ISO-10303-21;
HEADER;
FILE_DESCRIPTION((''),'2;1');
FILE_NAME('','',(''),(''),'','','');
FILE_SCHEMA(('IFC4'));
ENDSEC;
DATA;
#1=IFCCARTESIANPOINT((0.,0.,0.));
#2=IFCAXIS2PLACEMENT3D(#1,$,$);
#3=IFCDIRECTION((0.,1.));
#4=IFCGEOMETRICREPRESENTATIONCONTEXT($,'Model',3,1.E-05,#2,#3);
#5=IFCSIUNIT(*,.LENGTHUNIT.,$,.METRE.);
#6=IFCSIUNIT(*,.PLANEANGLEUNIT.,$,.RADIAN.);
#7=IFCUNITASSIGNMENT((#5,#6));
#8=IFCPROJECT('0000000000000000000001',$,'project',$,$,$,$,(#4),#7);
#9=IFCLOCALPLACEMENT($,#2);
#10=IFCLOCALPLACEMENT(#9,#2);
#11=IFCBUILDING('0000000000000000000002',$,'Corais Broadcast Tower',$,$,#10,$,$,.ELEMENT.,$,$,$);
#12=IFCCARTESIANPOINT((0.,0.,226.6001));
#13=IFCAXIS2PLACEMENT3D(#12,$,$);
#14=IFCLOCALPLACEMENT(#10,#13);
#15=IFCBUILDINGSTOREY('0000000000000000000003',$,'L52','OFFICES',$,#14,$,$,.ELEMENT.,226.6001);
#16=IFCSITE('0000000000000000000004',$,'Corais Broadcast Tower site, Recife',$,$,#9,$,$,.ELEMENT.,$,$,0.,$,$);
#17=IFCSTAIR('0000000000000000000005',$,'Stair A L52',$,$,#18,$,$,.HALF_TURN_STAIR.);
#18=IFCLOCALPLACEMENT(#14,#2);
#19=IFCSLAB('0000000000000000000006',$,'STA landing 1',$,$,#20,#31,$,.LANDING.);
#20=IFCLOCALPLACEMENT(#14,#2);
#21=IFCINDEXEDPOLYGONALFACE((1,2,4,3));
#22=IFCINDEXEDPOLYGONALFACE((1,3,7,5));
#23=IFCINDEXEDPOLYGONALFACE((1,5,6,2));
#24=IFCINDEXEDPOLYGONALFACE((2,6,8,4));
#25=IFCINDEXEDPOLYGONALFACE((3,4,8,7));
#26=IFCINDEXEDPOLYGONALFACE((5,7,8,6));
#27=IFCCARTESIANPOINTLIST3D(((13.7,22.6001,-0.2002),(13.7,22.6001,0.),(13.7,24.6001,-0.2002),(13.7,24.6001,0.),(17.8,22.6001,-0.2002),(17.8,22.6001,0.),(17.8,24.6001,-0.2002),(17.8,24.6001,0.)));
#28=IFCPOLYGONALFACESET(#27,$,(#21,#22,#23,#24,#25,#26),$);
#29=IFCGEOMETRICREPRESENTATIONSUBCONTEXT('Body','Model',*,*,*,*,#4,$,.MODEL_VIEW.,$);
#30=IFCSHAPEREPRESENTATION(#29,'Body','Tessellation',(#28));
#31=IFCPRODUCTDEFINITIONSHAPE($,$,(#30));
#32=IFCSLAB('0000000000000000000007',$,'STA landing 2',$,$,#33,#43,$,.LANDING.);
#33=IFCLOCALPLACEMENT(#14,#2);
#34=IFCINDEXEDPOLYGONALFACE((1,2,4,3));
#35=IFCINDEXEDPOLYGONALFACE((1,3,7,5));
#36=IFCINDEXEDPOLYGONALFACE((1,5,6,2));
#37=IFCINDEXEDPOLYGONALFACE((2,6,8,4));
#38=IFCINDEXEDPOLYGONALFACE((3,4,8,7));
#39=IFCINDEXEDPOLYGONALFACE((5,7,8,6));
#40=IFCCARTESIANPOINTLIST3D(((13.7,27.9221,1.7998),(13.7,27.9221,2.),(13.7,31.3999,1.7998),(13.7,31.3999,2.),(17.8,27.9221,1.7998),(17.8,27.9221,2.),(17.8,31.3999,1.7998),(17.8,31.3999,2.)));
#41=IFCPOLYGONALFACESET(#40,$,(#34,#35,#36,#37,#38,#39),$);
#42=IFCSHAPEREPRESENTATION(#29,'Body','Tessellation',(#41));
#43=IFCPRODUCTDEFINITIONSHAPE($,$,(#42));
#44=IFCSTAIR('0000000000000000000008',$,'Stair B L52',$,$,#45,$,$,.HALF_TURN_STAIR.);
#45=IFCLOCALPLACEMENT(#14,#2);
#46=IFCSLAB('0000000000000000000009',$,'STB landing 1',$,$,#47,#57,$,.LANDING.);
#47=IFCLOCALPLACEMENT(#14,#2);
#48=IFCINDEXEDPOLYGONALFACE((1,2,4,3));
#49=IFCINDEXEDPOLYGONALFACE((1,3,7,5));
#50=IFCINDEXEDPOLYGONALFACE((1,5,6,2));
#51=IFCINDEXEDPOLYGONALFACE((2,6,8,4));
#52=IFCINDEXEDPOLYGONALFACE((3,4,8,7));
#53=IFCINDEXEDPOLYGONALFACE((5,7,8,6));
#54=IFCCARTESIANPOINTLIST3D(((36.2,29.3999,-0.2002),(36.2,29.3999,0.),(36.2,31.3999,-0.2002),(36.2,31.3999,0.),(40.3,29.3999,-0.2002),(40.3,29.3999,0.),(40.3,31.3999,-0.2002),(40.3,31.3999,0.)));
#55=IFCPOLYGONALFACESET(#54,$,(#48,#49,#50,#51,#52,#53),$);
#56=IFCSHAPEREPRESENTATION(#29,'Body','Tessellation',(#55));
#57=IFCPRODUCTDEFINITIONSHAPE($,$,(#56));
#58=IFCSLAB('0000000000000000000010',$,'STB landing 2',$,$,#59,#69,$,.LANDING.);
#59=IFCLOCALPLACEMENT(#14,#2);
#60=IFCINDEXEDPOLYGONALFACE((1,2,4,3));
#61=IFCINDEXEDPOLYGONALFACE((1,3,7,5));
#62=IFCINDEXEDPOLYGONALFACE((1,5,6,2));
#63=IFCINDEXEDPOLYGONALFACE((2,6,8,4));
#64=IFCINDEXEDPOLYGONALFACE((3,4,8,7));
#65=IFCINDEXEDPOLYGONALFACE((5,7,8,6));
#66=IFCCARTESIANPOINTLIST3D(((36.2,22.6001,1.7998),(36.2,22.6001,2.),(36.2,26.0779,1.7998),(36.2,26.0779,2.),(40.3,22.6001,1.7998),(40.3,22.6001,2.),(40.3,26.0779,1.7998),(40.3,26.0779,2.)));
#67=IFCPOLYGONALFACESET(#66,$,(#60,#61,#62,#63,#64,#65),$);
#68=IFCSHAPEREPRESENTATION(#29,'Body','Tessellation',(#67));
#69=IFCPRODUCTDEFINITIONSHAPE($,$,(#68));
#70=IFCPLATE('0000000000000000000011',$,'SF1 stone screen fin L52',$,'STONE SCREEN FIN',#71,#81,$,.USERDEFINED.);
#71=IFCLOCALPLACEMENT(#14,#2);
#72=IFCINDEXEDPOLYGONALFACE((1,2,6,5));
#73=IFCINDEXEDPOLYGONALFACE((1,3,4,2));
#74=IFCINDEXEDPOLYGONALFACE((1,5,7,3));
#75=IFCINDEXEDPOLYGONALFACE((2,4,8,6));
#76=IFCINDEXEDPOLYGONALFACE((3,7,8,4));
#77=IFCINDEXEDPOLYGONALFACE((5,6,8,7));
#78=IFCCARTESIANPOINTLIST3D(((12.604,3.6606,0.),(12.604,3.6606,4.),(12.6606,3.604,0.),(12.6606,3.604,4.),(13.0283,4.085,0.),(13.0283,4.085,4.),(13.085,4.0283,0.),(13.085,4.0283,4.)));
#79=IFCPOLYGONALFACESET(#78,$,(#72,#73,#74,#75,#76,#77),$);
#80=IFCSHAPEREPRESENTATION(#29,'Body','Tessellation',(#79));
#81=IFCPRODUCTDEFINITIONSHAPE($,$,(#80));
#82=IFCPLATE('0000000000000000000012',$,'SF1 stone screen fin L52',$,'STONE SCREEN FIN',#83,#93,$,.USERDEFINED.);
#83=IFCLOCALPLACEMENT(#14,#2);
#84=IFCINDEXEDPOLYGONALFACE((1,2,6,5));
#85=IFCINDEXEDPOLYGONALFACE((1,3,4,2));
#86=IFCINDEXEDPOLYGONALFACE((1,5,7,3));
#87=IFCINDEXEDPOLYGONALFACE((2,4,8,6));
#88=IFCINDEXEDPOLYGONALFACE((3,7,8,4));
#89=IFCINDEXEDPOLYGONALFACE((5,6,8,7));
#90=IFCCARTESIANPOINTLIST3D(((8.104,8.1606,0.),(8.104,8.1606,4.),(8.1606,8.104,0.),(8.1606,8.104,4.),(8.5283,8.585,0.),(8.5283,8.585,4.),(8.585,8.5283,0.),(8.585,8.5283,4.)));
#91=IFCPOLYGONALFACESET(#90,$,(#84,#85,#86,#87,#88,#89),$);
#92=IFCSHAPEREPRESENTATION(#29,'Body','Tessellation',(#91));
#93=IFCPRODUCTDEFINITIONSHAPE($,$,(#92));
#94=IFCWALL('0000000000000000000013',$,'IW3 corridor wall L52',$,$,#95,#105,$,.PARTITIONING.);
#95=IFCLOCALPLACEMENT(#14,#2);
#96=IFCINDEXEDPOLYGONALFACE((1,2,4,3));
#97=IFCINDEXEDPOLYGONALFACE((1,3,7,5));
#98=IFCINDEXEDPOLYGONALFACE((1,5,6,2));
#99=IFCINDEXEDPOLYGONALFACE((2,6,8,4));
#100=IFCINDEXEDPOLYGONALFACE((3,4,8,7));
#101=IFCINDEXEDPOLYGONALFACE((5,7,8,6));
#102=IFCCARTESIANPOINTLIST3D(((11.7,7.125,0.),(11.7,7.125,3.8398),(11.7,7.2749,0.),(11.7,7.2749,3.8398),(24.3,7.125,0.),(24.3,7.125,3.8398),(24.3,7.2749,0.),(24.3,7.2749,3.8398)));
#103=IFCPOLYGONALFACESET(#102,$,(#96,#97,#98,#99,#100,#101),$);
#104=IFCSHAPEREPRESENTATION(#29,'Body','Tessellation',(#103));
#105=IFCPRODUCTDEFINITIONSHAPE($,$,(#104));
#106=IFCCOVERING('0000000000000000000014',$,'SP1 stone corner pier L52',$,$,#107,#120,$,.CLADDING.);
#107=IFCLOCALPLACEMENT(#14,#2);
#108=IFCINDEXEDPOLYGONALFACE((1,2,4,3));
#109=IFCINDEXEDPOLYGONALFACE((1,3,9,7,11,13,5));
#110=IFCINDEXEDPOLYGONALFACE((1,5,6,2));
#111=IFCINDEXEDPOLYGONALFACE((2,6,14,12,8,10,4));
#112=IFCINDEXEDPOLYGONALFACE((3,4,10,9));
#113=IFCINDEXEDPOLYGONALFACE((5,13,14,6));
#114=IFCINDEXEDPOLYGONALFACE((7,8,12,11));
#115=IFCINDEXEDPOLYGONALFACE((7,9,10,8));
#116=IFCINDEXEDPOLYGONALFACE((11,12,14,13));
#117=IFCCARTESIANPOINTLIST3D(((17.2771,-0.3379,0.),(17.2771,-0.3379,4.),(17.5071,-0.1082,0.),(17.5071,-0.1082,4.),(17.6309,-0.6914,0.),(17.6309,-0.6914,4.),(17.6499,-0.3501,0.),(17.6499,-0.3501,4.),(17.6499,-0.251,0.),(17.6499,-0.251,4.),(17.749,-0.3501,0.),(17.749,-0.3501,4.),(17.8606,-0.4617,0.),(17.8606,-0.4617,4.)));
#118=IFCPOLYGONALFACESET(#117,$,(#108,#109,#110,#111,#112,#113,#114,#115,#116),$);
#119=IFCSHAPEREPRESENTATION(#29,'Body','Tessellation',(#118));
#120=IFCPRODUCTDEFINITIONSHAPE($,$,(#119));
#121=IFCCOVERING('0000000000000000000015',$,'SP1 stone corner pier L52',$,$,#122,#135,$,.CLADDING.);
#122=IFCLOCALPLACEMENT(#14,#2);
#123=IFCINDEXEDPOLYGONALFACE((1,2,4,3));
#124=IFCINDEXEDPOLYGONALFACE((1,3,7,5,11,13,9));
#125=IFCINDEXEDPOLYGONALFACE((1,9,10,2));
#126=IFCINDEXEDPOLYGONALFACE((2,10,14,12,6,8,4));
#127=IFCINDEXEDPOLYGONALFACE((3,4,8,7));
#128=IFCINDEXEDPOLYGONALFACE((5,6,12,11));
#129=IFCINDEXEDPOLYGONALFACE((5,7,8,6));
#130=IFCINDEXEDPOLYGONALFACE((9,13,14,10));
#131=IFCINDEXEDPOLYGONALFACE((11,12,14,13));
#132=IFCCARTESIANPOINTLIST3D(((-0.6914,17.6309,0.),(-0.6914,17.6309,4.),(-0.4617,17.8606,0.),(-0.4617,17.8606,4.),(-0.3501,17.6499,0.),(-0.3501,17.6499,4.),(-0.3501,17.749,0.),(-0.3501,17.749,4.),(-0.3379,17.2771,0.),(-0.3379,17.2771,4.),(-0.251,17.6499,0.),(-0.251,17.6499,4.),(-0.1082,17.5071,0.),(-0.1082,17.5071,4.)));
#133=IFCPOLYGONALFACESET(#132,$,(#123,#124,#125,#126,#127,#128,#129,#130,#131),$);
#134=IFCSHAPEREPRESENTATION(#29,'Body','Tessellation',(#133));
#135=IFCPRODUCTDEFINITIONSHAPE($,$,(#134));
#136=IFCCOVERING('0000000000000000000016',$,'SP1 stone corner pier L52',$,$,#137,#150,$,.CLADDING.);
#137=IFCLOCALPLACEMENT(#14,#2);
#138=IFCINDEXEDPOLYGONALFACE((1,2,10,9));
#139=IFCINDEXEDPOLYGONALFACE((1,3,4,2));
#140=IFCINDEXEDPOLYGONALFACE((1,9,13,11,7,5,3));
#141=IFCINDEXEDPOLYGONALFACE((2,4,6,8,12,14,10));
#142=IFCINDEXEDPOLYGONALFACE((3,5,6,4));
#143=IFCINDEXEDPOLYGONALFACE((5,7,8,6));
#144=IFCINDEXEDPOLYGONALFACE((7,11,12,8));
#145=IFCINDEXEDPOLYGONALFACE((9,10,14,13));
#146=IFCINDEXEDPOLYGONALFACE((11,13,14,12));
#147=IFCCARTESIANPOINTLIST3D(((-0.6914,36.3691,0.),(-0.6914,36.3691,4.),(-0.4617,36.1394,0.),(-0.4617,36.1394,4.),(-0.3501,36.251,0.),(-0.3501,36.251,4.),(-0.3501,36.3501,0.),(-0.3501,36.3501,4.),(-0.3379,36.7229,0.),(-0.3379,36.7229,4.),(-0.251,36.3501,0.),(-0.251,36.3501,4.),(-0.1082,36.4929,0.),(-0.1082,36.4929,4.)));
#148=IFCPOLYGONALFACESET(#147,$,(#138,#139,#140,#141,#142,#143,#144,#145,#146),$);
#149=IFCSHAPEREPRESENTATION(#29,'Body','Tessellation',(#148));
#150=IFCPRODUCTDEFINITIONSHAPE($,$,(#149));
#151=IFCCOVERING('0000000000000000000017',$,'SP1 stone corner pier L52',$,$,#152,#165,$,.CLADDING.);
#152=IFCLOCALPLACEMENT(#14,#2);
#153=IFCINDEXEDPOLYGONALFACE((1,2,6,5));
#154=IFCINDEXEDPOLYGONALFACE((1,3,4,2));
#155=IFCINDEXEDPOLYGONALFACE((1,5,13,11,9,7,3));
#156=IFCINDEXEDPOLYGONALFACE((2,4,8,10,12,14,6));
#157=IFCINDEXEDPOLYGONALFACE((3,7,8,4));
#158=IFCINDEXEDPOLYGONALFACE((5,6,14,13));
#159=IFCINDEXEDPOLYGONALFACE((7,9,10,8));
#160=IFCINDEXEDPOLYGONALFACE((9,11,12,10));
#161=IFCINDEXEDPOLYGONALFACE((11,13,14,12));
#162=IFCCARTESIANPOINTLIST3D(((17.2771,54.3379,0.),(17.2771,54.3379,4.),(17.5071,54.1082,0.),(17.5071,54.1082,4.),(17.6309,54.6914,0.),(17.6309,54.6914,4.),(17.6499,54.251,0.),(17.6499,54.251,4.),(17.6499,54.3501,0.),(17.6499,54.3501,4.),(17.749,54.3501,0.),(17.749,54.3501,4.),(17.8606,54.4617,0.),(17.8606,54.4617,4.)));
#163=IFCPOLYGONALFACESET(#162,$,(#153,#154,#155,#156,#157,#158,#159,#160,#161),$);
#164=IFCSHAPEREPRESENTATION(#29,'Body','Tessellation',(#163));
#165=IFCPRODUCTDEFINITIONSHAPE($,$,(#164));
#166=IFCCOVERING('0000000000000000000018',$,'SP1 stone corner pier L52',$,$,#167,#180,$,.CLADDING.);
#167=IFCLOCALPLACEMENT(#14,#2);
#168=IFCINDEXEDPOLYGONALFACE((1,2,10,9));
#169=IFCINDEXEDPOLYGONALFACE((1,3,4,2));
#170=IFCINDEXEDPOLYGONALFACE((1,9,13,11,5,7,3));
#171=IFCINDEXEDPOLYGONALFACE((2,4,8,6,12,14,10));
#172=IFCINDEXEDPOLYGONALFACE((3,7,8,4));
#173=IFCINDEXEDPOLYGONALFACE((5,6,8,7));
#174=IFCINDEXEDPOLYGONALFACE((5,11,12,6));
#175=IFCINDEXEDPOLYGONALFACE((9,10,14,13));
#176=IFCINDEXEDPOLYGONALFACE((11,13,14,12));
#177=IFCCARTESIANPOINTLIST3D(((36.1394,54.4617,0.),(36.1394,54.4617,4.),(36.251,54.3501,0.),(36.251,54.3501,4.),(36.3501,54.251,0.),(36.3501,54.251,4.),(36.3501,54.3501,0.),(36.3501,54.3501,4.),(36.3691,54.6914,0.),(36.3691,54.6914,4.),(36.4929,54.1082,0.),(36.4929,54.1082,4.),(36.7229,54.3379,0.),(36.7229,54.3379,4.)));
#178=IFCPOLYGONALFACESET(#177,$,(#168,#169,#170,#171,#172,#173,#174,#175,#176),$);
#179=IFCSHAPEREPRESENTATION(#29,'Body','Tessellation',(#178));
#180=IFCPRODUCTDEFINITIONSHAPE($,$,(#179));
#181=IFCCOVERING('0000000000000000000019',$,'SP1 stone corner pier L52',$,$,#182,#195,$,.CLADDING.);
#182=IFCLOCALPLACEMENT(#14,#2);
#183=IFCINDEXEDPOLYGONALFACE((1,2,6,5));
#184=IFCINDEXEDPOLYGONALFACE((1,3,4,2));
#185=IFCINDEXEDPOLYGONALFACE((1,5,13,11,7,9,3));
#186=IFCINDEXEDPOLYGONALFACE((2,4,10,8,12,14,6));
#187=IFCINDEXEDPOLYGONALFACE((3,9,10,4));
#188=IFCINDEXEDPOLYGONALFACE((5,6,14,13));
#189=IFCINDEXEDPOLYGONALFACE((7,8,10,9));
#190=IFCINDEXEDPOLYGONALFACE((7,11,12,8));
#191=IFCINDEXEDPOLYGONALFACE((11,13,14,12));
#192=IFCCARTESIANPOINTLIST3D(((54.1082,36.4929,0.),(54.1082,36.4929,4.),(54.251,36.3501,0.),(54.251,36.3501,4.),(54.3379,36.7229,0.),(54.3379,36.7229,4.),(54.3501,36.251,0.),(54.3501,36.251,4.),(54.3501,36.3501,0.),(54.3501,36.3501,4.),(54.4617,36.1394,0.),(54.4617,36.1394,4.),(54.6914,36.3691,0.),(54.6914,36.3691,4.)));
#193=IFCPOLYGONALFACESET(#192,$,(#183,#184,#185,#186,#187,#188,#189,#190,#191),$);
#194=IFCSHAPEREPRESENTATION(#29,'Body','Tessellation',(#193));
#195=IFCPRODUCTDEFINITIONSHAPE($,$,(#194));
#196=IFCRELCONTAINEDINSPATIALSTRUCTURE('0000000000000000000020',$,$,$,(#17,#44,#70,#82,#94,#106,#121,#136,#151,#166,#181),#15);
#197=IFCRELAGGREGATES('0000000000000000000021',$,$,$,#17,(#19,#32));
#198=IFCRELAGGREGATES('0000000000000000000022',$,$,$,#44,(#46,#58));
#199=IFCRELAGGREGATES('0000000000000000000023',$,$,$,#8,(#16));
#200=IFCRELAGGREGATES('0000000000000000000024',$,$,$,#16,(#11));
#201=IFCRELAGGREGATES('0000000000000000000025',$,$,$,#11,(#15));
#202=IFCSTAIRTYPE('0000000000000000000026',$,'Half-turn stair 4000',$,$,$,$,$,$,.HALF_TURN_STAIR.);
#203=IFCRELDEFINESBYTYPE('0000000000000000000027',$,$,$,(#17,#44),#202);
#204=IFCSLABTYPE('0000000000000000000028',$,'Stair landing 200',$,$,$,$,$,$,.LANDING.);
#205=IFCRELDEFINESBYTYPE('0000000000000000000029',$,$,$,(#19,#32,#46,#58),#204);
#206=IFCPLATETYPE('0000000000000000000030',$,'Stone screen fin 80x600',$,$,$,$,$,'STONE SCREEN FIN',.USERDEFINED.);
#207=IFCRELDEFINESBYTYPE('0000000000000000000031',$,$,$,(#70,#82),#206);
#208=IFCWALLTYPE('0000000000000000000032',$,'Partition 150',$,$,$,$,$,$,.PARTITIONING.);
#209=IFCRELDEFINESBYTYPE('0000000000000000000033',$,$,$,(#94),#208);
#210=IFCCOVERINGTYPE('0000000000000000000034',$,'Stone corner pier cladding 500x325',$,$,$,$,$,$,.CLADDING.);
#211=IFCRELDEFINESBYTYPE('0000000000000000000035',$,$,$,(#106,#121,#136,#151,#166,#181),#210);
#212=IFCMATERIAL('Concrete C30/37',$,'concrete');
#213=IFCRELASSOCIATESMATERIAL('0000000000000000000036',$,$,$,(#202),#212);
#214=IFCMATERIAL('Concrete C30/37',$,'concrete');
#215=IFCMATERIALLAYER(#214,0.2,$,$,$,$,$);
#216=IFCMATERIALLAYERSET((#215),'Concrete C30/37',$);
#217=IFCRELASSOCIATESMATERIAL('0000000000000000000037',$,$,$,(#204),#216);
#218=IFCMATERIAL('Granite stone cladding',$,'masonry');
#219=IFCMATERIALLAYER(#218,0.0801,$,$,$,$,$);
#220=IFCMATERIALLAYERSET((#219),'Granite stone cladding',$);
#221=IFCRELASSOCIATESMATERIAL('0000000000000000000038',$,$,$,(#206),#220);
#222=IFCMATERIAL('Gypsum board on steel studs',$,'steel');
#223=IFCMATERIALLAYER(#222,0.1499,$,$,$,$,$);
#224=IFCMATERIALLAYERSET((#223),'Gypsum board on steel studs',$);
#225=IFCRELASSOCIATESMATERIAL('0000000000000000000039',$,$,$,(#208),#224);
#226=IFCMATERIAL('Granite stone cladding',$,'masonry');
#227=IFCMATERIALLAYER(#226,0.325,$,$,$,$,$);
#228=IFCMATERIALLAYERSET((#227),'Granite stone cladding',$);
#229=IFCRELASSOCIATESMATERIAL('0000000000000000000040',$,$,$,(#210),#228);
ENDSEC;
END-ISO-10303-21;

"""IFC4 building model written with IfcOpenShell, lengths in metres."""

from ifc_helpers import new_model, si_unit, direction, frame, frame_2d, origin, origin_2d, place, context, subcontext, project, spatial, polyline, rectangle, outline, extrude, material, layer, layer_set, type_object, element, aggregate, save


model = new_model("IFC4")

# Units and contexts
model_context = context("Model", 3, precision=1e-05, world=origin(), true_north=direction((0.0, 1.0)))
body_context = subcontext(model_context, "Body", "Model", "MODEL_VIEW")
ifc_project = project(units=[si_unit("LENGTHUNIT", "METRE"), si_unit("PLANEANGLEUNIT", "RADIAN")], contexts=[model_context])

# Site, building, storey
site_placement = place(None, origin())
site = spatial("IfcSite", under=ifc_project, at=site_placement, Name="Corais Broadcast Tower site, Recife", CompositionType="ELEMENT", RefElevation=0.0)
building_placement = place(site_placement, origin())
building = spatial("IfcBuilding", under=site, at=building_placement, Name="Corais Broadcast Tower", CompositionType="ELEMENT")
storey_placement = place(building_placement, frame((0.0, 0.0, 226.6001)))
storey = spatial("IfcBuildingStorey", under=building, at=storey_placement, Name="L52", Description="OFFICES", CompositionType="ELEMENT", Elevation=226.6001)

# Stairs, slabs
ifc_material_1 = material(Name="Concrete C30/37", Category="concrete")
stair_type = type_object("IfcStairType", Name="Half-turn stair 4000", PredefinedType="HALF_TURN_STAIR", material=ifc_material_1)
stair_1_placement = place(storey_placement, origin())
stair_1 = element("IfcStair", 1, at=stair_1_placement, inside=storey, type_object=stair_type, Name="Stair A L52", PredefinedType="HALF_TURN_STAIR")
ifc_material_2 = material(Name="Concrete C30/37", Category="concrete")
ifc_layer_1 = layer(ifc_material_2, 0.2)
ifc_layer_set_1 = layer_set([ifc_layer_1], Name="Concrete C30/37")
slab_type_1 = type_object("IfcSlabType", Name="Stair landing 200", PredefinedType="LANDING", material=ifc_layer_set_1)
slab_1_placement = place(storey_placement, frame((0.0, 0.0, -0.2002)))
slab_1 = element("IfcSlab", 2, at=slab_1_placement, type_object=slab_type_1, Name="STA landing 1", PredefinedType="LANDING", context=body_context, shape_type="SweptSolid", body=[
    extrude(outline(polyline([(13.7, 22.6001), (17.8, 22.6001), (17.8, 24.6001), (13.7, 24.6001), (13.7, 22.6001)])), origin(), (0.0, 0.0, 1.0), 0.2002),
])
slab_2_placement = place(storey_placement, frame((0.0, 0.0, 1.7998)))
slab_2 = element("IfcSlab", 3, at=slab_2_placement, type_object=slab_type_1, Name="STA landing 2", PredefinedType="LANDING", context=body_context, shape_type="SweptSolid", body=[
    extrude(outline(polyline([(13.7, 27.9221), (17.8, 27.9221), (17.8, 31.3999), (13.7, 31.3999), (13.7, 27.9221)])), origin(), (0.0, 0.0, 1.0), 0.2002),
])
aggregate(stair_1, [slab_1, slab_2])
stair_2_placement = place(storey_placement, origin())
stair_2 = element("IfcStair", 4, at=stair_2_placement, inside=storey, type_object=stair_type, Name="Stair B L52", PredefinedType="HALF_TURN_STAIR")
slab_3_placement = place(storey_placement, frame((0.0, 0.0, -0.2002)))
slab_3 = element("IfcSlab", 5, at=slab_3_placement, type_object=slab_type_1, Name="STB landing 1", PredefinedType="LANDING", context=body_context, shape_type="SweptSolid", body=[
    extrude(outline(polyline([(36.2, 29.3999), (40.3, 29.3999), (40.3, 31.3999), (36.2, 31.3999), (36.2, 29.3999)])), origin(), (0.0, 0.0, 1.0), 0.2002),
])
slab_4_placement = place(storey_placement, frame((0.0, 0.0, 1.7998)))
slab_4 = element("IfcSlab", 6, at=slab_4_placement, type_object=slab_type_1, Name="STB landing 2", PredefinedType="LANDING", context=body_context, shape_type="SweptSolid", body=[
    extrude(outline(polyline([(36.2, 22.6001), (40.3, 22.6001), (40.3, 26.0779), (36.2, 26.0779), (36.2, 22.6001)])), origin(), (0.0, 0.0, 1.0), 0.2002),
])
aggregate(stair_2, [slab_3, slab_4])

# Plates
ifc_material_3 = material(Name="Granite stone cladding", Category="masonry")
ifc_layer_2 = layer(ifc_material_3, 0.0801)
ifc_layer_set_2 = layer_set([ifc_layer_2], Name="Granite stone cladding")
plate_type_1 = type_object("IfcPlateType", Name="Stone screen fin 80x600", ElementType="STONE SCREEN FIN", PredefinedType="USERDEFINED", material=ifc_layer_set_2)
for number, where, z_axis, x_axis, name in (
    (7, (12.8445, 3.8445, 0.0), (0.0, 0.0, 1.0), (-0.707107, 0.707107, 0.0), "SF1 stone screen fin L52"),
    (8, (8.3445, 8.3445, 0.0), (0.0, 0.0, 1.0), (-0.707107, 0.707107, 0.0), "SF1 stone screen fin L52"),
):
    element("IfcPlate", number, at=place(storey_placement, frame(where, z_axis=z_axis, x_axis=x_axis)), inside=storey, type_object=plate_type_1, Name=name, ObjectType="STONE SCREEN FIN", PredefinedType="USERDEFINED", context=body_context, shape_type="SweptSolid", body=[
        extrude(rectangle(XDim=0.0801, YDim=0.6001, at=origin_2d()), origin(), (0.0, 0.0, 1.0), 4.0),
    ])

# Wall
ifc_material_4 = material(Name="Gypsum board on steel studs", Category="steel")
ifc_layer_3 = layer(ifc_material_4, 0.1499)
ifc_layer_set_3 = layer_set([ifc_layer_3], Name="Gypsum board on steel studs")
wall_type = type_object("IfcWallType", Name="Partition 150", PredefinedType="PARTITIONING", material=ifc_layer_set_3)
wall_placement = place(storey_placement, frame((11.7, 7.2, 0.0), z_axis=(0.0, 0.0, 1.0), x_axis=(1.0, 0.0, 0.0)))
element("IfcWall", 9, at=wall_placement, inside=storey, type_object=wall_type, Name="IW3 corridor wall L52", PredefinedType="PARTITIONING", context=body_context, shape_type="SweptSolid", body=[
    extrude(rectangle(XDim=12.6001, YDim=0.1499, at=frame_2d((6.3, 0.0))), origin(), (0.0, 0.0, 1.0), 3.8398),
])

# Coverings
ifc_material_5 = material(Name="Granite stone cladding", Category="masonry")
ifc_layer_4 = layer(ifc_material_5, 0.325)
ifc_layer_set_4 = layer_set([ifc_layer_4], Name="Granite stone cladding")
covering_type_1 = type_object("IfcCoveringType", Name="Stone corner pier cladding 500x325", PredefinedType="CLADDING", material=ifc_layer_set_4)
covering_1_placement = place(storey_placement, origin())
element("IfcCovering", 10, at=covering_1_placement, inside=storey, type_object=covering_type_1, Name="SP1 stone corner pier L52", PredefinedType="CLADDING", context=body_context, shape_type="SweptSolid", body=[
    extrude(outline(polyline([(17.8606, -0.4617), (17.749, -0.3501), (17.6499, -0.3501), (17.6499, -0.251), (17.5071, -0.1082), (17.2771, -0.3379), (17.6309, -0.6914), (17.8606, -0.4617)])), origin(), (0.0, 0.0, 1.0), 4.0),
])
covering_2_placement = place(storey_placement, origin())
element("IfcCovering", 11, at=covering_2_placement, inside=storey, type_object=covering_type_1, Name="SP1 stone corner pier L52", PredefinedType="CLADDING", context=body_context, shape_type="SweptSolid", body=[
    extrude(outline(polyline([(-0.3501, 17.749), (-0.4617, 17.8606), (-0.6914, 17.6309), (-0.3379, 17.2771), (-0.1082, 17.5071), (-0.251, 17.6499), (-0.3501, 17.6499), (-0.3501, 17.749)])), origin(), (0.0, 0.0, 1.0), 4.0),
])
covering_3_placement = place(storey_placement, origin())
element("IfcCovering", 12, at=covering_3_placement, inside=storey, type_object=covering_type_1, Name="SP1 stone corner pier L52", PredefinedType="CLADDING", context=body_context, shape_type="SweptSolid", body=[
    extrude(outline(polyline([(-0.4617, 36.1394), (-0.3501, 36.251), (-0.3501, 36.3501), (-0.251, 36.3501), (-0.1082, 36.4929), (-0.3379, 36.7229), (-0.6914, 36.3691), (-0.4617, 36.1394)])), origin(), (0.0, 0.0, 1.0), 4.0),
])
covering_4_placement = place(storey_placement, origin())
element("IfcCovering", 13, at=covering_4_placement, inside=storey, type_object=covering_type_1, Name="SP1 stone corner pier L52", PredefinedType="CLADDING", context=body_context, shape_type="SweptSolid", body=[
    extrude(outline(polyline([(17.749, 54.3501), (17.8606, 54.4617), (17.6309, 54.6914), (17.2771, 54.3379), (17.5071, 54.1082), (17.6499, 54.251), (17.6499, 54.3501), (17.749, 54.3501)])), origin(), (0.0, 0.0, 1.0), 4.0),
])
covering_5_placement = place(storey_placement, origin())
element("IfcCovering", 14, at=covering_5_placement, inside=storey, type_object=covering_type_1, Name="SP1 stone corner pier L52", PredefinedType="CLADDING", context=body_context, shape_type="SweptSolid", body=[
    extrude(outline(polyline([(36.1394, 54.4617), (36.251, 54.3501), (36.3501, 54.3501), (36.3501, 54.251), (36.4929, 54.1082), (36.7229, 54.3379), (36.3691, 54.6914), (36.1394, 54.4617)])), origin(), (0.0, 0.0, 1.0), 4.0),
])
covering_6_placement = place(storey_placement, origin())
element("IfcCovering", 15, at=covering_6_placement, inside=storey, type_object=covering_type_1, Name="SP1 stone corner pier L52", PredefinedType="CLADDING", context=body_context, shape_type="SweptSolid", body=[
    extrude(outline(polyline([(54.3501, 36.251), (54.4617, 36.1394), (54.6914, 36.3691), (54.3379, 36.7229), (54.1082, 36.4929), (54.251, 36.3501), (54.3501, 36.3501), (54.3501, 36.251)])), origin(), (0.0, 0.0, 1.0), 4.0),
])

save(model, "model.ifc")
